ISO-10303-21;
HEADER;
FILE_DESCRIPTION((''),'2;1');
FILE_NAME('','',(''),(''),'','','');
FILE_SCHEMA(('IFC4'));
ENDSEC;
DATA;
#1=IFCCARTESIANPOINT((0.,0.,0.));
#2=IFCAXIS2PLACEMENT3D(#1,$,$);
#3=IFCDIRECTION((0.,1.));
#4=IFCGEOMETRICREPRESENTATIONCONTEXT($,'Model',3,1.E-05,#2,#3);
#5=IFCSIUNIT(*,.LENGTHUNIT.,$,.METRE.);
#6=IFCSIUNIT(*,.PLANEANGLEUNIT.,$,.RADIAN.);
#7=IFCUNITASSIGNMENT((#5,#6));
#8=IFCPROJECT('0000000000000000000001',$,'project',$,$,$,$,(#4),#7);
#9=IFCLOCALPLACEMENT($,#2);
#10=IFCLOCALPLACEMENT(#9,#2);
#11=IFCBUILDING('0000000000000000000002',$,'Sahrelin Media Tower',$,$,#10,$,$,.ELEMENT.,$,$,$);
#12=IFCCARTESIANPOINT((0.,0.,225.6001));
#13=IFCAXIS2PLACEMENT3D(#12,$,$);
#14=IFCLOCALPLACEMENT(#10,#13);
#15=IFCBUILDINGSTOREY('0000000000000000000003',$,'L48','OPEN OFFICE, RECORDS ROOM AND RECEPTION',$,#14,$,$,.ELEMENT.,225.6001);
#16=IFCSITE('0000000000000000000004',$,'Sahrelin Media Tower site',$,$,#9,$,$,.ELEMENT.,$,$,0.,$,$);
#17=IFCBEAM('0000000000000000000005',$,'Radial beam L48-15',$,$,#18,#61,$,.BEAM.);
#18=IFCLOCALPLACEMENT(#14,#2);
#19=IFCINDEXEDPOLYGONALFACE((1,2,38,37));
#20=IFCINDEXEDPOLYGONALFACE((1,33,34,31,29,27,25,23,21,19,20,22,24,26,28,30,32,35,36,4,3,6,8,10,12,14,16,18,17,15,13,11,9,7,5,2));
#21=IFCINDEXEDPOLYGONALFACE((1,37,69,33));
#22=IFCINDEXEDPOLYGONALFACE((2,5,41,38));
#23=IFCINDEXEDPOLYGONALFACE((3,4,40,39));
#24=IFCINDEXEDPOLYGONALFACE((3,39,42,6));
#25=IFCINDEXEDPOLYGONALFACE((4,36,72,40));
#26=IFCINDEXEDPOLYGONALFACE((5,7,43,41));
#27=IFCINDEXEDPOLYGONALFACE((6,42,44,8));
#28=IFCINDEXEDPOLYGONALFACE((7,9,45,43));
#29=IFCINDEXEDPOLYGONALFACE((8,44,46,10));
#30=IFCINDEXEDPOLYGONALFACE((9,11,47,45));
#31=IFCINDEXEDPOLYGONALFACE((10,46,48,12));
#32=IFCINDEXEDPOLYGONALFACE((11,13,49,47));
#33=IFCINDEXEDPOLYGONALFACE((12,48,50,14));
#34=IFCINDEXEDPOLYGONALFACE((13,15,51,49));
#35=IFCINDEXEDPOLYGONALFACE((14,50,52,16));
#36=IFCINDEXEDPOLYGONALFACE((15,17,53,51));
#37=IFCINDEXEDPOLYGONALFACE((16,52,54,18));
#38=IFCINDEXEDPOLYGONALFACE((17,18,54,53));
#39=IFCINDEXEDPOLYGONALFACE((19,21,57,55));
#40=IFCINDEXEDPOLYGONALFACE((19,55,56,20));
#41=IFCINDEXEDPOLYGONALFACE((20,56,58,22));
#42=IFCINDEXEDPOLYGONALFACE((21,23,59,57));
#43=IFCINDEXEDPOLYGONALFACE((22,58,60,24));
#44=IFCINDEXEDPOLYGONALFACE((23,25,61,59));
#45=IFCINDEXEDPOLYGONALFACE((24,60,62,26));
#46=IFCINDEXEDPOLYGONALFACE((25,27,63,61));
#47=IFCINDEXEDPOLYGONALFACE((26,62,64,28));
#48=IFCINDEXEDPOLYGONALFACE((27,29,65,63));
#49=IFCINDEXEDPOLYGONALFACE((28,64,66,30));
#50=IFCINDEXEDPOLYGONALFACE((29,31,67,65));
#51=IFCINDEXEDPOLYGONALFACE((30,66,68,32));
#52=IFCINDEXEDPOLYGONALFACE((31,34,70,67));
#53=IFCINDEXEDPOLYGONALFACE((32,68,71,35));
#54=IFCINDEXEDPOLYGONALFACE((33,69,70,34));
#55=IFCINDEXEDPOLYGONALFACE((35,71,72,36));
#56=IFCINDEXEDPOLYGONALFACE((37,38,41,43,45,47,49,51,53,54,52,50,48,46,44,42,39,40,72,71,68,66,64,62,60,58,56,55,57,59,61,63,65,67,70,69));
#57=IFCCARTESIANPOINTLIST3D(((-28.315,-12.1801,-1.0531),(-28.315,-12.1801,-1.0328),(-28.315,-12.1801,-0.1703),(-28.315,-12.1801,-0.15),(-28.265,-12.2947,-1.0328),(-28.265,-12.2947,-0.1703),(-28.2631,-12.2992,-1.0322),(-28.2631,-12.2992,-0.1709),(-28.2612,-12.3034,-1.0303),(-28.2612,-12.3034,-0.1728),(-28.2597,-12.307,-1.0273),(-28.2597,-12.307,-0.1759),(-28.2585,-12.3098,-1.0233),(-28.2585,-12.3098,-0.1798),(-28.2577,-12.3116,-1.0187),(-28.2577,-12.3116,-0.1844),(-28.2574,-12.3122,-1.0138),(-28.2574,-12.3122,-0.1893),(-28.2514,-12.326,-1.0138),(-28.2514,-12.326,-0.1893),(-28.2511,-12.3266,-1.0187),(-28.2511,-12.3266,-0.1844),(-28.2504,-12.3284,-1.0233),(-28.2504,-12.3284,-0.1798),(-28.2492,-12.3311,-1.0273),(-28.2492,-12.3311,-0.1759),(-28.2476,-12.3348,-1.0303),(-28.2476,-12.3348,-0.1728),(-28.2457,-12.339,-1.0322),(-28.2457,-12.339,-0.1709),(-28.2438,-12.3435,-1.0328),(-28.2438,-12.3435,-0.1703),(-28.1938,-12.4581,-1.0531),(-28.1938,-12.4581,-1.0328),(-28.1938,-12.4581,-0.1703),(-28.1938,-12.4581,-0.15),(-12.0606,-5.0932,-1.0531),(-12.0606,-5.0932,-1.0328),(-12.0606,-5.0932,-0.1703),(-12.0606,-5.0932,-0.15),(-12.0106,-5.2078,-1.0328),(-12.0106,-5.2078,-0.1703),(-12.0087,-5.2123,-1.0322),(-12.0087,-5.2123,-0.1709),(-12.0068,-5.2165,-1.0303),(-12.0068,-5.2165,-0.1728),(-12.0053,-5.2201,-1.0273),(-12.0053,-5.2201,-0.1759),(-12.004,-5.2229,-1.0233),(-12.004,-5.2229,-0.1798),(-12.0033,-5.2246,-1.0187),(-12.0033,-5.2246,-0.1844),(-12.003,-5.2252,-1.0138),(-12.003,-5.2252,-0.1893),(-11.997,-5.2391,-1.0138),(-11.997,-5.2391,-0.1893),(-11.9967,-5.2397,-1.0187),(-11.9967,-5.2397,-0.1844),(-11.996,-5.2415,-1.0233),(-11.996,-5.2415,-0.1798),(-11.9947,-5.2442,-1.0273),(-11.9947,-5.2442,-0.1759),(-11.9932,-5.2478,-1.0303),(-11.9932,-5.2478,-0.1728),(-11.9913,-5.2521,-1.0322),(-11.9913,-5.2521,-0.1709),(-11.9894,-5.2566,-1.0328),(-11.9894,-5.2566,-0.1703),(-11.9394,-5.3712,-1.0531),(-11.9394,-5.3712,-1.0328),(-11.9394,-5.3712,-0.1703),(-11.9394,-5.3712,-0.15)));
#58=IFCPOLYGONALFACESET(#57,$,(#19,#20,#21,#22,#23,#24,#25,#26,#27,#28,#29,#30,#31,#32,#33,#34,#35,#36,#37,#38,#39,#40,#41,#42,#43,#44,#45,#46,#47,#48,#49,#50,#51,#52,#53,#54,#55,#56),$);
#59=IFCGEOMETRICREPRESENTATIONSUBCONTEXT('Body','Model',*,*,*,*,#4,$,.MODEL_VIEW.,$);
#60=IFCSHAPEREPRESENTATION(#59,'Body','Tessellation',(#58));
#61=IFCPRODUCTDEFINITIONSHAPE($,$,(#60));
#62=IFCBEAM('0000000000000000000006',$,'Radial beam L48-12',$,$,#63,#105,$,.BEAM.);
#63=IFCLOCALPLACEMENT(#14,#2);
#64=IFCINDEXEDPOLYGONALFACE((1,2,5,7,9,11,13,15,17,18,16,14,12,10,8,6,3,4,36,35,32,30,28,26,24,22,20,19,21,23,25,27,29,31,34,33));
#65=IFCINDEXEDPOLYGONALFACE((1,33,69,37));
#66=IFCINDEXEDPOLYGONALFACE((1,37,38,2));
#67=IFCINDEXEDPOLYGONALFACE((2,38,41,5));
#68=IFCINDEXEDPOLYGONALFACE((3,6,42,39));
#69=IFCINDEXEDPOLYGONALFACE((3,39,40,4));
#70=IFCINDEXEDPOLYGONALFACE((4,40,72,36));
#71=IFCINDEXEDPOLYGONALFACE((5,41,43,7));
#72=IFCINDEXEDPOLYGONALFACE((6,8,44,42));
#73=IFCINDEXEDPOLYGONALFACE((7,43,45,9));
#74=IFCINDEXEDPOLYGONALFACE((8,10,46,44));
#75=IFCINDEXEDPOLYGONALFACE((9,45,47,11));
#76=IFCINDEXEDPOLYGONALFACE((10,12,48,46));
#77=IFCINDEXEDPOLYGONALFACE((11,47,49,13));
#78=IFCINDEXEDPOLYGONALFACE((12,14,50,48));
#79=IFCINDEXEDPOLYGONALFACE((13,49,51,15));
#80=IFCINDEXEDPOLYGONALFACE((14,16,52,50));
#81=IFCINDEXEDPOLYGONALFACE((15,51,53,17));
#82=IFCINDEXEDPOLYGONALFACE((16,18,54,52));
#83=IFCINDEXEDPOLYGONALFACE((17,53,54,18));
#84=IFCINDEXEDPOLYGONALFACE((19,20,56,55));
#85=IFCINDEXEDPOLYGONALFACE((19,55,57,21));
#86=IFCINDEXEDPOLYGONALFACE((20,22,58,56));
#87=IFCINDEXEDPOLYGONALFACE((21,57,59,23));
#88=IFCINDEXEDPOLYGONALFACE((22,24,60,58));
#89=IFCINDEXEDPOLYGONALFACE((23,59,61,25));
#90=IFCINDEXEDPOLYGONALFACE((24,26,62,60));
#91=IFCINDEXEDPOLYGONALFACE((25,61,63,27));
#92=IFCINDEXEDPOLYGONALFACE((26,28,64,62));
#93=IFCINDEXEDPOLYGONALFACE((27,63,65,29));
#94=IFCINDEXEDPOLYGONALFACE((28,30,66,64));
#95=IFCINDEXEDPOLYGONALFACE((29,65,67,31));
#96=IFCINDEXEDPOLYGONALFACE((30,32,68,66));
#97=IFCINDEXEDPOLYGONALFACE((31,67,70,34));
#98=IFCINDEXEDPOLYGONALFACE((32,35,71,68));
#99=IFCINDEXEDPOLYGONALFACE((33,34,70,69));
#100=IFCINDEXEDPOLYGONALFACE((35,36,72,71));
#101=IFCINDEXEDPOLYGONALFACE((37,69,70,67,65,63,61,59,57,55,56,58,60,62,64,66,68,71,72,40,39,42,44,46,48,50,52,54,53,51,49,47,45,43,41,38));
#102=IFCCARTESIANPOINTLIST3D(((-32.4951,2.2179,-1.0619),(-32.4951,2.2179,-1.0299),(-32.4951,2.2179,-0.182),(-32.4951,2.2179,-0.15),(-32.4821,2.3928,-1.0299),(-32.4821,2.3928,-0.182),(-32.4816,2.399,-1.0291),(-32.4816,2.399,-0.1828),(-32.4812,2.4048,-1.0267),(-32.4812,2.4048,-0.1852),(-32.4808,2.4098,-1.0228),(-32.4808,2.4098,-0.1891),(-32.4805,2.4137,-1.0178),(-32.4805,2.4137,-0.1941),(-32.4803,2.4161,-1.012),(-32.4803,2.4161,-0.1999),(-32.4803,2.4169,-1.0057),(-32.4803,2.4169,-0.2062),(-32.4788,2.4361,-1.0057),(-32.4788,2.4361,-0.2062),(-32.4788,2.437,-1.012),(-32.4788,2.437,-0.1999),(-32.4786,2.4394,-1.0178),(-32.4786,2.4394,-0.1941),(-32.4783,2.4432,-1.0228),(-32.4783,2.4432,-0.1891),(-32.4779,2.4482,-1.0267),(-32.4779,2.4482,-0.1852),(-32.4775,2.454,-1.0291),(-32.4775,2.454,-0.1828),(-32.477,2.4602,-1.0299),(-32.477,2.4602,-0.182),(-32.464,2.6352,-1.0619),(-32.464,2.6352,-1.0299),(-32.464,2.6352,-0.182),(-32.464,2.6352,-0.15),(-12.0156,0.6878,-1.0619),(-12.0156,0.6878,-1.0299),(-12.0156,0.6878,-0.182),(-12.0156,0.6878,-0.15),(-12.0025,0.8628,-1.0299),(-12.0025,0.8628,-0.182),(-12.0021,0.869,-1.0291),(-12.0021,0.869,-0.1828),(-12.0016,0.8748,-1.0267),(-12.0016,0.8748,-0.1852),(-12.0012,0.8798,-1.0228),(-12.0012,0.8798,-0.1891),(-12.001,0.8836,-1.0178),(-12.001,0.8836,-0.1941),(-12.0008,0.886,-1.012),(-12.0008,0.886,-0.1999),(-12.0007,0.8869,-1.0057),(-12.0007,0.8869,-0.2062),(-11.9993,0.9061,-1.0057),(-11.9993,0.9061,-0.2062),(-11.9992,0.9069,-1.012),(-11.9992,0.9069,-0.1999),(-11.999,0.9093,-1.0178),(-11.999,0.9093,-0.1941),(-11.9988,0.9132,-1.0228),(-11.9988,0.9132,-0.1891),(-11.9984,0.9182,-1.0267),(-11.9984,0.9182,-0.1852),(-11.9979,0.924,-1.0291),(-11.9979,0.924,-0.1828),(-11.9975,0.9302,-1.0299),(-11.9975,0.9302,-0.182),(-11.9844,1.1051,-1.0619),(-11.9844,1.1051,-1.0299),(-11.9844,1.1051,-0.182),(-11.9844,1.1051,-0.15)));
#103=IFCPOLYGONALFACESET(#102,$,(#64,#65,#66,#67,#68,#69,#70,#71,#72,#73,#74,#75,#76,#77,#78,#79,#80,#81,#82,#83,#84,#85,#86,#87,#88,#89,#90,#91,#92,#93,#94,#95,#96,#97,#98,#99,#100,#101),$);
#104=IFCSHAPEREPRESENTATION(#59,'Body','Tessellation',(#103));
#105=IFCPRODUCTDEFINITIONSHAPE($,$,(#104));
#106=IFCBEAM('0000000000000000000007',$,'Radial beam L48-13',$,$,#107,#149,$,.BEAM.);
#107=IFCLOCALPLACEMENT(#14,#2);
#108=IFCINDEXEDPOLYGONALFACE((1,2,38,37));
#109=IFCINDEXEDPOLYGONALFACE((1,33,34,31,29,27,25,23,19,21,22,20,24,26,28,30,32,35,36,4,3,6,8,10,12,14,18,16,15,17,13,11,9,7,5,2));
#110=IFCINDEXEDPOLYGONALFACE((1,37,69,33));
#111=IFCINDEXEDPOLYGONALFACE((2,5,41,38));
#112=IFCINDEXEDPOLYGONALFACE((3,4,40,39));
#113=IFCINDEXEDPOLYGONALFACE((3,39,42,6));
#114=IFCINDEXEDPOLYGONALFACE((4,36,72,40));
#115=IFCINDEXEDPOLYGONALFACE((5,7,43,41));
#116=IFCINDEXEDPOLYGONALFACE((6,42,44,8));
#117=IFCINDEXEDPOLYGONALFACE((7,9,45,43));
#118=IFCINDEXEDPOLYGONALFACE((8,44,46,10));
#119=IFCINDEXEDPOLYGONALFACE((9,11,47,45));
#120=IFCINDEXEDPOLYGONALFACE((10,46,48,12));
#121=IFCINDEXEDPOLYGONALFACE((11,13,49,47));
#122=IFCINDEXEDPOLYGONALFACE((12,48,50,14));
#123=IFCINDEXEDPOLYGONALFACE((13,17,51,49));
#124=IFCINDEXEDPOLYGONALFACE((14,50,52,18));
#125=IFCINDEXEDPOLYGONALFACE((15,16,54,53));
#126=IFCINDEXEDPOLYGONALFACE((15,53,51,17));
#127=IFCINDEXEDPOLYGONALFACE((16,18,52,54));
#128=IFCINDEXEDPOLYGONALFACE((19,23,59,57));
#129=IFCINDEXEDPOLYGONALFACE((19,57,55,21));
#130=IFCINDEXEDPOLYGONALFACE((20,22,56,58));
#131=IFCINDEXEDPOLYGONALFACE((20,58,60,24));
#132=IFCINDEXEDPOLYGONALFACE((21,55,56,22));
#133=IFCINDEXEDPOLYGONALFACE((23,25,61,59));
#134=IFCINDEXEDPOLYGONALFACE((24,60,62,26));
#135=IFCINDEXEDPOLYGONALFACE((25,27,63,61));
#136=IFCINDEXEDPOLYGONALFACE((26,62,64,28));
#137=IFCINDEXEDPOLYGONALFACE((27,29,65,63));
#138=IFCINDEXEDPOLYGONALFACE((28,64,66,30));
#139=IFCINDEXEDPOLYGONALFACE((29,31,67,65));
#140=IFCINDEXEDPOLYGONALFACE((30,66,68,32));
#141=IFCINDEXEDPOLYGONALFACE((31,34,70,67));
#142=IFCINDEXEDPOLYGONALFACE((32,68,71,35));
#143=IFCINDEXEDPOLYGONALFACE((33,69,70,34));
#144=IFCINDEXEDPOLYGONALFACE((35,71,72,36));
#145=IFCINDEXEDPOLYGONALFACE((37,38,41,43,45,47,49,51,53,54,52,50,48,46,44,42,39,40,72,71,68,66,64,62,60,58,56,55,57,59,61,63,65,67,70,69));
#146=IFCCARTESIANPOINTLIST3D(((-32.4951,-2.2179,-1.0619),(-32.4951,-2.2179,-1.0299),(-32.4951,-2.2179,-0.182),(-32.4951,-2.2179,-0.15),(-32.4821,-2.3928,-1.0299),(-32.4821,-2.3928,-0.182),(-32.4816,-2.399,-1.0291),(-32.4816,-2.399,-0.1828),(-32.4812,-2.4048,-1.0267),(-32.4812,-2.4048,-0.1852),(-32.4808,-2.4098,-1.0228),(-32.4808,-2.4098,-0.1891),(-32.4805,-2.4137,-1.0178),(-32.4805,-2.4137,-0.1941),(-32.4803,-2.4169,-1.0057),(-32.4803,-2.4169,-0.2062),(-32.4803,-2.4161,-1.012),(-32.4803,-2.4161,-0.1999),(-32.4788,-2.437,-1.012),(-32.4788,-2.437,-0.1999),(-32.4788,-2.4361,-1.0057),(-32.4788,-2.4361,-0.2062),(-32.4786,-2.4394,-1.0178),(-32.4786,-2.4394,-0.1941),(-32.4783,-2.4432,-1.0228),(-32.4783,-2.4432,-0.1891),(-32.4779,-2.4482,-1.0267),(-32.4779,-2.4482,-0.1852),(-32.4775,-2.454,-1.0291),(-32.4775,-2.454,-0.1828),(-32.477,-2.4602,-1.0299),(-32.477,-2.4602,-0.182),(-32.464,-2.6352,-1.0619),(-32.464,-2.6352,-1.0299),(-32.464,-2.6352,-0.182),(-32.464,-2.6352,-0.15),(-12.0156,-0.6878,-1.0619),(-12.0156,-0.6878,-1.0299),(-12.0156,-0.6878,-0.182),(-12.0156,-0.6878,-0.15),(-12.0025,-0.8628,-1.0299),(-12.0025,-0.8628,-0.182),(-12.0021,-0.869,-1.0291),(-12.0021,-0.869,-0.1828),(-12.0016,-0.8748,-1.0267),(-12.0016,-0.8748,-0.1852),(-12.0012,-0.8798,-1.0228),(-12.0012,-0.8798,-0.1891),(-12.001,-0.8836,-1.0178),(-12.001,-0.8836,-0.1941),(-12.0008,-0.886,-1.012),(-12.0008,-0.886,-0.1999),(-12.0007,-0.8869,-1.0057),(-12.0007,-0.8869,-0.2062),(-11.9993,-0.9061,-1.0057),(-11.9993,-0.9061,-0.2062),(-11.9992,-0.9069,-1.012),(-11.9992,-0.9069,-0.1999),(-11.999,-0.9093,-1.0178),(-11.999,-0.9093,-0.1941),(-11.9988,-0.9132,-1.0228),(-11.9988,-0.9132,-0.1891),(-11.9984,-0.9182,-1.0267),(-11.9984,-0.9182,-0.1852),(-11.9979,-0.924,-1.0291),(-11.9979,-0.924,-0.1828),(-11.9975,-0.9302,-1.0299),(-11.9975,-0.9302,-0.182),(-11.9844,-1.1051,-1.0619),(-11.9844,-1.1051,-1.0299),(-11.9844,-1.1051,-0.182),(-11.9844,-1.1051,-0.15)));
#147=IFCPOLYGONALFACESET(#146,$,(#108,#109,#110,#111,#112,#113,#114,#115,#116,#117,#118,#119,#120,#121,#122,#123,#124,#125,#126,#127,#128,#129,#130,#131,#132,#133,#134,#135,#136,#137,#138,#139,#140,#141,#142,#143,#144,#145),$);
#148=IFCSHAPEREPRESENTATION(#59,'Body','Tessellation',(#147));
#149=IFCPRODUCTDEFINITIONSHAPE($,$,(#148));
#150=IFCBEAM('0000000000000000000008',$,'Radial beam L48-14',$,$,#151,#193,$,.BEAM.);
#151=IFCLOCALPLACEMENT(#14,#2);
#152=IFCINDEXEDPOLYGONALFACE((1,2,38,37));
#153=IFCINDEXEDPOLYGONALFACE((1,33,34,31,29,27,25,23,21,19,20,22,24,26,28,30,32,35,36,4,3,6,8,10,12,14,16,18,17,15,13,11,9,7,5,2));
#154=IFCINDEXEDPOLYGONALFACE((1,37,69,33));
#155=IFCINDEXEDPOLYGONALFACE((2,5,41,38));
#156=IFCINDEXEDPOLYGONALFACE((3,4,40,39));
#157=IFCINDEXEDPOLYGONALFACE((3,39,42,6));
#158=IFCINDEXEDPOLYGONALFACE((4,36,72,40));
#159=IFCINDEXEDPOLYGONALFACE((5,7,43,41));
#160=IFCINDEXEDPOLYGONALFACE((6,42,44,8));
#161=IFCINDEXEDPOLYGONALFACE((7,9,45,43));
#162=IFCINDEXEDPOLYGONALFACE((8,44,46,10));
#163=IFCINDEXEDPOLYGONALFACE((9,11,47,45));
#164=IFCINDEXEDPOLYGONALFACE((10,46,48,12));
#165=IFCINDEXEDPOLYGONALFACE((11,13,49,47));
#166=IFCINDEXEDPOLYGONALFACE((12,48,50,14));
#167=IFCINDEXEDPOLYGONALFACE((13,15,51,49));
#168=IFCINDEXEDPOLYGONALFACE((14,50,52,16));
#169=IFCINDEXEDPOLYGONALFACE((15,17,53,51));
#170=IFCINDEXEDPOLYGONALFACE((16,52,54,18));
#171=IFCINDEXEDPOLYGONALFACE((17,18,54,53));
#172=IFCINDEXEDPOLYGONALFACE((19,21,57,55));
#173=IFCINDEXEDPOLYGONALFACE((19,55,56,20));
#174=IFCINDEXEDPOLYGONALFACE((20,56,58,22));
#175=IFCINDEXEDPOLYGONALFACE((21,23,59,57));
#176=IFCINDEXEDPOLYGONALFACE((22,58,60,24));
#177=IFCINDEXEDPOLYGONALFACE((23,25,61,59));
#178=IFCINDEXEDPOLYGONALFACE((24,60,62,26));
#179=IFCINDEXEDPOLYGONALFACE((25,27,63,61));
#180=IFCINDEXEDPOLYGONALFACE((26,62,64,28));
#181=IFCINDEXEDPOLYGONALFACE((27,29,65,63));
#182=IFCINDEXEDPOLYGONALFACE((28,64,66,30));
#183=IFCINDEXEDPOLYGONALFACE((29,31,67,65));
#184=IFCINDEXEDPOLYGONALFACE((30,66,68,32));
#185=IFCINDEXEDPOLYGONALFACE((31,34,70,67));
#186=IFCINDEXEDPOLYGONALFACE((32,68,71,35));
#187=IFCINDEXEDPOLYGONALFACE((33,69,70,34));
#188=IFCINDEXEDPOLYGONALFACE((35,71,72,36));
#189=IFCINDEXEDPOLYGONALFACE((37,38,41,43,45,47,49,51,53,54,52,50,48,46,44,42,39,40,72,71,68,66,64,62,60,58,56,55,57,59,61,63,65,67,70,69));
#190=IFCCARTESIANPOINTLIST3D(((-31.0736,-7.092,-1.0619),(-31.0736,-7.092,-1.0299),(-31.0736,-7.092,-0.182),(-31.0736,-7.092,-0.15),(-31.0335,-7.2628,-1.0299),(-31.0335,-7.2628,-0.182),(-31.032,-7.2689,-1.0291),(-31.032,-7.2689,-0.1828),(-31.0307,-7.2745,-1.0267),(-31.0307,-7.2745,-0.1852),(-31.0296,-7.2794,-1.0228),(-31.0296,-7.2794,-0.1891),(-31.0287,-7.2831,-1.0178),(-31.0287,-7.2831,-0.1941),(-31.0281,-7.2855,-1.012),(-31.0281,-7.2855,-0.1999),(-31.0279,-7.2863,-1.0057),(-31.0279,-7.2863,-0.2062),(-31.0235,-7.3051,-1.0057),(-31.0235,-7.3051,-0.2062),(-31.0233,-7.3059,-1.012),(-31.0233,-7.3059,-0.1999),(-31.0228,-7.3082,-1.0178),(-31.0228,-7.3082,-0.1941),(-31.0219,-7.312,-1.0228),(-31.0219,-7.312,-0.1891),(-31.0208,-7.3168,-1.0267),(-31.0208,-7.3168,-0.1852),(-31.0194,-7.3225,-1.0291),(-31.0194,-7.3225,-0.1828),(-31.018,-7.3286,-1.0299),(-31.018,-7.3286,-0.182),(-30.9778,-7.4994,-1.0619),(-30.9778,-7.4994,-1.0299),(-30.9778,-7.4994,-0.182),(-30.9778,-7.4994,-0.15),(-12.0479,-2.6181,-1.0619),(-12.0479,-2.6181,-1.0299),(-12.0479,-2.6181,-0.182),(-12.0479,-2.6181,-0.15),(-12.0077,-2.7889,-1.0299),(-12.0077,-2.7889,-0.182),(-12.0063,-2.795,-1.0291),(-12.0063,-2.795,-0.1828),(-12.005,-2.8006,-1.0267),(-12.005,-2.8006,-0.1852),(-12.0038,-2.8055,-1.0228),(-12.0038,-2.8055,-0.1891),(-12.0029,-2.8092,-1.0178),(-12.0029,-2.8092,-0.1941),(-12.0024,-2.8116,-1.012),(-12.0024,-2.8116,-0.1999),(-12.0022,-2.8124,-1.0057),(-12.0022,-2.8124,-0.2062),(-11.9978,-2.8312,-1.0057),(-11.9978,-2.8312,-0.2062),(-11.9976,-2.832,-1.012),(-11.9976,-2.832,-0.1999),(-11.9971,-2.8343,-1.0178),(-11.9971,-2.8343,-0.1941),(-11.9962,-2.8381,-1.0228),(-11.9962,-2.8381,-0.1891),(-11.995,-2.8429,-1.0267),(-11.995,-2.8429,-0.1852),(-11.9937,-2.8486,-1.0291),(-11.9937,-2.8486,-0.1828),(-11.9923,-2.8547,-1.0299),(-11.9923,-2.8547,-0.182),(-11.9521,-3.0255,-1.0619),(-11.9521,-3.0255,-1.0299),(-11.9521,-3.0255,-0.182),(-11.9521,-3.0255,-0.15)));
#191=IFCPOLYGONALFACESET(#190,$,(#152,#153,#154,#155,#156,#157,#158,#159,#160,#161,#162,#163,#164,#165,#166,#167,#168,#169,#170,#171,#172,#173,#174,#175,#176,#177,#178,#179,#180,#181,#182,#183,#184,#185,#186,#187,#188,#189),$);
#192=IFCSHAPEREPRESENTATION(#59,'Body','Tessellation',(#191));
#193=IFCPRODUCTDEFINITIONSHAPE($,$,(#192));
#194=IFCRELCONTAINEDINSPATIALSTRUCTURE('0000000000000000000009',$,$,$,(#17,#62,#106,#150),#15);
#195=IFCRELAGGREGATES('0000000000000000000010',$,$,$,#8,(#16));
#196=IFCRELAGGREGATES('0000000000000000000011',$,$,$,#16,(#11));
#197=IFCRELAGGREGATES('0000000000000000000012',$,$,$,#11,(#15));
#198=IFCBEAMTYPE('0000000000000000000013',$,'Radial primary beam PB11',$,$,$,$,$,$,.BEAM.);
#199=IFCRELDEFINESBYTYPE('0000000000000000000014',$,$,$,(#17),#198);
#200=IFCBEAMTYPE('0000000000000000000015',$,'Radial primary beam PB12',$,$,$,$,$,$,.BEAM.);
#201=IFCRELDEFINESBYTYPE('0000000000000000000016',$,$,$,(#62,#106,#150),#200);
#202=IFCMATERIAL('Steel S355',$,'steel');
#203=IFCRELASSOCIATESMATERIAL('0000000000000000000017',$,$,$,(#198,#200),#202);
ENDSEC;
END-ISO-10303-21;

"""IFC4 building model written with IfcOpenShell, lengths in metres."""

from ifc_helpers import new_model, si_unit, direction, frame, origin, origin_2d, place, context, subcontext, project, spatial, i_section, extrude, material, material_profile, profile_set, type_object, element, save


model = new_model("IFC4")

# Units and contexts
model_context = context("Model", 3, precision=1e-05, world=origin(), true_north=direction((0.0, 1.0)))
body_context = subcontext(model_context, "Body", "Model", "MODEL_VIEW")
ifc_project = project(units=[si_unit("LENGTHUNIT", "METRE"), si_unit("PLANEANGLEUNIT", "RADIAN")], contexts=[model_context])

# Site, building, storey
site_placement = place(None, origin())
site = spatial("IfcSite", under=ifc_project, at=site_placement, Name="Sahrelin Media Tower site", CompositionType="ELEMENT", RefElevation=0.0)
building_placement = place(site_placement, origin())
building = spatial("IfcBuilding", under=site, at=building_placement, Name="Sahrelin Media Tower", CompositionType="ELEMENT")
storey_placement = place(building_placement, frame((0.0, 0.0, 225.6001)))
storey = spatial("IfcBuildingStorey", under=building, at=storey_placement, Name="L48", Description="OPEN OFFICE, RECORDS ROOM AND RECEPTION", CompositionType="ELEMENT", Elevation=225.6001)

# Beams
ifc_material_1 = material(Name="Steel S355", Category="steel")
ifc_material_profile_1 = material_profile(ifc_material_1, i_section(OverallWidth=0.3032, OverallDepth=0.9031, WebThickness=0.0151, FlangeThickness=0.0203, FilletRadius=0.019, at=origin_2d()), Name="UB 914x305x201")
ifc_profile_set_1 = profile_set([ifc_material_profile_1], Name="Steel S355")
beam_type_1 = type_object("IfcBeamType", Name="Radial primary beam PB11", PredefinedType="BEAM", material=ifc_profile_set_1)
beam_1_placement = place(storey_placement, frame((-12.0, -5.2322, -0.6016), z_axis=(-0.916662, -0.399664, 0.0), x_axis=(0.399664, -0.916662, 0.0)))
element("IfcBeam", 1, at=beam_1_placement, inside=storey, type_object=beam_type_1, Name="Radial beam L48-15", PredefinedType="BEAM", context=body_context, shape_type="SweptSolid", body=[
    extrude(i_section(OverallWidth=0.3032, OverallDepth=0.9031, WebThickness=0.0151, FlangeThickness=0.0203, FilletRadius=0.019, at=origin_2d()), origin(), (0.0, 0.0, 1.0), 17.7322),
])
ifc_material_profile_2 = material_profile(ifc_material_1, i_section(OverallWidth=0.4185, OverallDepth=0.9119, WebThickness=0.0193, FlangeThickness=0.032, FilletRadius=0.0242, at=origin_2d()), Name="UB 914x419x343")
ifc_profile_set_2 = profile_set([ifc_material_profile_2], Name="Steel S355")
beam_type_2 = type_object("IfcBeamType", Name="Radial primary beam PB12", PredefinedType="BEAM", material=ifc_profile_set_2)
for number, where, z_axis, x_axis, name in (
    (2, (-12.0, 0.8965, -0.606), (-0.997221, 0.074503, 0.0), (-0.074503, -0.997221, 0.0), "Radial beam L48-12"),
    (3, (-12.0, -0.8965, -0.606), (-0.997221, -0.074503, 0.0), (0.074503, -0.997221, 0.0), "Radial beam L48-13"),
):
    element("IfcBeam", number, at=place(storey_placement, frame(where, z_axis=z_axis, x_axis=x_axis)), inside=storey, type_object=beam_type_2, Name=name, PredefinedType="BEAM", context=body_context, shape_type="SweptSolid", body=[
        extrude(i_section(OverallWidth=0.4185, OverallDepth=0.9119, WebThickness=0.0193, FlangeThickness=0.032, FilletRadius=0.0242, at=origin_2d()), origin(), (0.0, 0.0, 1.0), 20.5366),
    ])
beam_2_placement = place(storey_placement, frame((-12.0, -2.8218, -0.606), z_axis=(-0.973448, -0.228906, 0.0), x_axis=(0.228906, -0.973448, 0.0)))
element("IfcBeam", 4, at=beam_2_placement, inside=storey, type_object=beam_type_2, Name="Radial beam L48-14", PredefinedType="BEAM", context=body_context, shape_type="SweptSolid", body=[
    extrude(i_section(OverallWidth=0.4185, OverallDepth=0.9119, WebThickness=0.0193, FlangeThickness=0.032, FilletRadius=0.0242, at=origin_2d()), origin(), (0.0, 0.0, 1.0), 19.5447),
])

save(model, "model.ifc")
